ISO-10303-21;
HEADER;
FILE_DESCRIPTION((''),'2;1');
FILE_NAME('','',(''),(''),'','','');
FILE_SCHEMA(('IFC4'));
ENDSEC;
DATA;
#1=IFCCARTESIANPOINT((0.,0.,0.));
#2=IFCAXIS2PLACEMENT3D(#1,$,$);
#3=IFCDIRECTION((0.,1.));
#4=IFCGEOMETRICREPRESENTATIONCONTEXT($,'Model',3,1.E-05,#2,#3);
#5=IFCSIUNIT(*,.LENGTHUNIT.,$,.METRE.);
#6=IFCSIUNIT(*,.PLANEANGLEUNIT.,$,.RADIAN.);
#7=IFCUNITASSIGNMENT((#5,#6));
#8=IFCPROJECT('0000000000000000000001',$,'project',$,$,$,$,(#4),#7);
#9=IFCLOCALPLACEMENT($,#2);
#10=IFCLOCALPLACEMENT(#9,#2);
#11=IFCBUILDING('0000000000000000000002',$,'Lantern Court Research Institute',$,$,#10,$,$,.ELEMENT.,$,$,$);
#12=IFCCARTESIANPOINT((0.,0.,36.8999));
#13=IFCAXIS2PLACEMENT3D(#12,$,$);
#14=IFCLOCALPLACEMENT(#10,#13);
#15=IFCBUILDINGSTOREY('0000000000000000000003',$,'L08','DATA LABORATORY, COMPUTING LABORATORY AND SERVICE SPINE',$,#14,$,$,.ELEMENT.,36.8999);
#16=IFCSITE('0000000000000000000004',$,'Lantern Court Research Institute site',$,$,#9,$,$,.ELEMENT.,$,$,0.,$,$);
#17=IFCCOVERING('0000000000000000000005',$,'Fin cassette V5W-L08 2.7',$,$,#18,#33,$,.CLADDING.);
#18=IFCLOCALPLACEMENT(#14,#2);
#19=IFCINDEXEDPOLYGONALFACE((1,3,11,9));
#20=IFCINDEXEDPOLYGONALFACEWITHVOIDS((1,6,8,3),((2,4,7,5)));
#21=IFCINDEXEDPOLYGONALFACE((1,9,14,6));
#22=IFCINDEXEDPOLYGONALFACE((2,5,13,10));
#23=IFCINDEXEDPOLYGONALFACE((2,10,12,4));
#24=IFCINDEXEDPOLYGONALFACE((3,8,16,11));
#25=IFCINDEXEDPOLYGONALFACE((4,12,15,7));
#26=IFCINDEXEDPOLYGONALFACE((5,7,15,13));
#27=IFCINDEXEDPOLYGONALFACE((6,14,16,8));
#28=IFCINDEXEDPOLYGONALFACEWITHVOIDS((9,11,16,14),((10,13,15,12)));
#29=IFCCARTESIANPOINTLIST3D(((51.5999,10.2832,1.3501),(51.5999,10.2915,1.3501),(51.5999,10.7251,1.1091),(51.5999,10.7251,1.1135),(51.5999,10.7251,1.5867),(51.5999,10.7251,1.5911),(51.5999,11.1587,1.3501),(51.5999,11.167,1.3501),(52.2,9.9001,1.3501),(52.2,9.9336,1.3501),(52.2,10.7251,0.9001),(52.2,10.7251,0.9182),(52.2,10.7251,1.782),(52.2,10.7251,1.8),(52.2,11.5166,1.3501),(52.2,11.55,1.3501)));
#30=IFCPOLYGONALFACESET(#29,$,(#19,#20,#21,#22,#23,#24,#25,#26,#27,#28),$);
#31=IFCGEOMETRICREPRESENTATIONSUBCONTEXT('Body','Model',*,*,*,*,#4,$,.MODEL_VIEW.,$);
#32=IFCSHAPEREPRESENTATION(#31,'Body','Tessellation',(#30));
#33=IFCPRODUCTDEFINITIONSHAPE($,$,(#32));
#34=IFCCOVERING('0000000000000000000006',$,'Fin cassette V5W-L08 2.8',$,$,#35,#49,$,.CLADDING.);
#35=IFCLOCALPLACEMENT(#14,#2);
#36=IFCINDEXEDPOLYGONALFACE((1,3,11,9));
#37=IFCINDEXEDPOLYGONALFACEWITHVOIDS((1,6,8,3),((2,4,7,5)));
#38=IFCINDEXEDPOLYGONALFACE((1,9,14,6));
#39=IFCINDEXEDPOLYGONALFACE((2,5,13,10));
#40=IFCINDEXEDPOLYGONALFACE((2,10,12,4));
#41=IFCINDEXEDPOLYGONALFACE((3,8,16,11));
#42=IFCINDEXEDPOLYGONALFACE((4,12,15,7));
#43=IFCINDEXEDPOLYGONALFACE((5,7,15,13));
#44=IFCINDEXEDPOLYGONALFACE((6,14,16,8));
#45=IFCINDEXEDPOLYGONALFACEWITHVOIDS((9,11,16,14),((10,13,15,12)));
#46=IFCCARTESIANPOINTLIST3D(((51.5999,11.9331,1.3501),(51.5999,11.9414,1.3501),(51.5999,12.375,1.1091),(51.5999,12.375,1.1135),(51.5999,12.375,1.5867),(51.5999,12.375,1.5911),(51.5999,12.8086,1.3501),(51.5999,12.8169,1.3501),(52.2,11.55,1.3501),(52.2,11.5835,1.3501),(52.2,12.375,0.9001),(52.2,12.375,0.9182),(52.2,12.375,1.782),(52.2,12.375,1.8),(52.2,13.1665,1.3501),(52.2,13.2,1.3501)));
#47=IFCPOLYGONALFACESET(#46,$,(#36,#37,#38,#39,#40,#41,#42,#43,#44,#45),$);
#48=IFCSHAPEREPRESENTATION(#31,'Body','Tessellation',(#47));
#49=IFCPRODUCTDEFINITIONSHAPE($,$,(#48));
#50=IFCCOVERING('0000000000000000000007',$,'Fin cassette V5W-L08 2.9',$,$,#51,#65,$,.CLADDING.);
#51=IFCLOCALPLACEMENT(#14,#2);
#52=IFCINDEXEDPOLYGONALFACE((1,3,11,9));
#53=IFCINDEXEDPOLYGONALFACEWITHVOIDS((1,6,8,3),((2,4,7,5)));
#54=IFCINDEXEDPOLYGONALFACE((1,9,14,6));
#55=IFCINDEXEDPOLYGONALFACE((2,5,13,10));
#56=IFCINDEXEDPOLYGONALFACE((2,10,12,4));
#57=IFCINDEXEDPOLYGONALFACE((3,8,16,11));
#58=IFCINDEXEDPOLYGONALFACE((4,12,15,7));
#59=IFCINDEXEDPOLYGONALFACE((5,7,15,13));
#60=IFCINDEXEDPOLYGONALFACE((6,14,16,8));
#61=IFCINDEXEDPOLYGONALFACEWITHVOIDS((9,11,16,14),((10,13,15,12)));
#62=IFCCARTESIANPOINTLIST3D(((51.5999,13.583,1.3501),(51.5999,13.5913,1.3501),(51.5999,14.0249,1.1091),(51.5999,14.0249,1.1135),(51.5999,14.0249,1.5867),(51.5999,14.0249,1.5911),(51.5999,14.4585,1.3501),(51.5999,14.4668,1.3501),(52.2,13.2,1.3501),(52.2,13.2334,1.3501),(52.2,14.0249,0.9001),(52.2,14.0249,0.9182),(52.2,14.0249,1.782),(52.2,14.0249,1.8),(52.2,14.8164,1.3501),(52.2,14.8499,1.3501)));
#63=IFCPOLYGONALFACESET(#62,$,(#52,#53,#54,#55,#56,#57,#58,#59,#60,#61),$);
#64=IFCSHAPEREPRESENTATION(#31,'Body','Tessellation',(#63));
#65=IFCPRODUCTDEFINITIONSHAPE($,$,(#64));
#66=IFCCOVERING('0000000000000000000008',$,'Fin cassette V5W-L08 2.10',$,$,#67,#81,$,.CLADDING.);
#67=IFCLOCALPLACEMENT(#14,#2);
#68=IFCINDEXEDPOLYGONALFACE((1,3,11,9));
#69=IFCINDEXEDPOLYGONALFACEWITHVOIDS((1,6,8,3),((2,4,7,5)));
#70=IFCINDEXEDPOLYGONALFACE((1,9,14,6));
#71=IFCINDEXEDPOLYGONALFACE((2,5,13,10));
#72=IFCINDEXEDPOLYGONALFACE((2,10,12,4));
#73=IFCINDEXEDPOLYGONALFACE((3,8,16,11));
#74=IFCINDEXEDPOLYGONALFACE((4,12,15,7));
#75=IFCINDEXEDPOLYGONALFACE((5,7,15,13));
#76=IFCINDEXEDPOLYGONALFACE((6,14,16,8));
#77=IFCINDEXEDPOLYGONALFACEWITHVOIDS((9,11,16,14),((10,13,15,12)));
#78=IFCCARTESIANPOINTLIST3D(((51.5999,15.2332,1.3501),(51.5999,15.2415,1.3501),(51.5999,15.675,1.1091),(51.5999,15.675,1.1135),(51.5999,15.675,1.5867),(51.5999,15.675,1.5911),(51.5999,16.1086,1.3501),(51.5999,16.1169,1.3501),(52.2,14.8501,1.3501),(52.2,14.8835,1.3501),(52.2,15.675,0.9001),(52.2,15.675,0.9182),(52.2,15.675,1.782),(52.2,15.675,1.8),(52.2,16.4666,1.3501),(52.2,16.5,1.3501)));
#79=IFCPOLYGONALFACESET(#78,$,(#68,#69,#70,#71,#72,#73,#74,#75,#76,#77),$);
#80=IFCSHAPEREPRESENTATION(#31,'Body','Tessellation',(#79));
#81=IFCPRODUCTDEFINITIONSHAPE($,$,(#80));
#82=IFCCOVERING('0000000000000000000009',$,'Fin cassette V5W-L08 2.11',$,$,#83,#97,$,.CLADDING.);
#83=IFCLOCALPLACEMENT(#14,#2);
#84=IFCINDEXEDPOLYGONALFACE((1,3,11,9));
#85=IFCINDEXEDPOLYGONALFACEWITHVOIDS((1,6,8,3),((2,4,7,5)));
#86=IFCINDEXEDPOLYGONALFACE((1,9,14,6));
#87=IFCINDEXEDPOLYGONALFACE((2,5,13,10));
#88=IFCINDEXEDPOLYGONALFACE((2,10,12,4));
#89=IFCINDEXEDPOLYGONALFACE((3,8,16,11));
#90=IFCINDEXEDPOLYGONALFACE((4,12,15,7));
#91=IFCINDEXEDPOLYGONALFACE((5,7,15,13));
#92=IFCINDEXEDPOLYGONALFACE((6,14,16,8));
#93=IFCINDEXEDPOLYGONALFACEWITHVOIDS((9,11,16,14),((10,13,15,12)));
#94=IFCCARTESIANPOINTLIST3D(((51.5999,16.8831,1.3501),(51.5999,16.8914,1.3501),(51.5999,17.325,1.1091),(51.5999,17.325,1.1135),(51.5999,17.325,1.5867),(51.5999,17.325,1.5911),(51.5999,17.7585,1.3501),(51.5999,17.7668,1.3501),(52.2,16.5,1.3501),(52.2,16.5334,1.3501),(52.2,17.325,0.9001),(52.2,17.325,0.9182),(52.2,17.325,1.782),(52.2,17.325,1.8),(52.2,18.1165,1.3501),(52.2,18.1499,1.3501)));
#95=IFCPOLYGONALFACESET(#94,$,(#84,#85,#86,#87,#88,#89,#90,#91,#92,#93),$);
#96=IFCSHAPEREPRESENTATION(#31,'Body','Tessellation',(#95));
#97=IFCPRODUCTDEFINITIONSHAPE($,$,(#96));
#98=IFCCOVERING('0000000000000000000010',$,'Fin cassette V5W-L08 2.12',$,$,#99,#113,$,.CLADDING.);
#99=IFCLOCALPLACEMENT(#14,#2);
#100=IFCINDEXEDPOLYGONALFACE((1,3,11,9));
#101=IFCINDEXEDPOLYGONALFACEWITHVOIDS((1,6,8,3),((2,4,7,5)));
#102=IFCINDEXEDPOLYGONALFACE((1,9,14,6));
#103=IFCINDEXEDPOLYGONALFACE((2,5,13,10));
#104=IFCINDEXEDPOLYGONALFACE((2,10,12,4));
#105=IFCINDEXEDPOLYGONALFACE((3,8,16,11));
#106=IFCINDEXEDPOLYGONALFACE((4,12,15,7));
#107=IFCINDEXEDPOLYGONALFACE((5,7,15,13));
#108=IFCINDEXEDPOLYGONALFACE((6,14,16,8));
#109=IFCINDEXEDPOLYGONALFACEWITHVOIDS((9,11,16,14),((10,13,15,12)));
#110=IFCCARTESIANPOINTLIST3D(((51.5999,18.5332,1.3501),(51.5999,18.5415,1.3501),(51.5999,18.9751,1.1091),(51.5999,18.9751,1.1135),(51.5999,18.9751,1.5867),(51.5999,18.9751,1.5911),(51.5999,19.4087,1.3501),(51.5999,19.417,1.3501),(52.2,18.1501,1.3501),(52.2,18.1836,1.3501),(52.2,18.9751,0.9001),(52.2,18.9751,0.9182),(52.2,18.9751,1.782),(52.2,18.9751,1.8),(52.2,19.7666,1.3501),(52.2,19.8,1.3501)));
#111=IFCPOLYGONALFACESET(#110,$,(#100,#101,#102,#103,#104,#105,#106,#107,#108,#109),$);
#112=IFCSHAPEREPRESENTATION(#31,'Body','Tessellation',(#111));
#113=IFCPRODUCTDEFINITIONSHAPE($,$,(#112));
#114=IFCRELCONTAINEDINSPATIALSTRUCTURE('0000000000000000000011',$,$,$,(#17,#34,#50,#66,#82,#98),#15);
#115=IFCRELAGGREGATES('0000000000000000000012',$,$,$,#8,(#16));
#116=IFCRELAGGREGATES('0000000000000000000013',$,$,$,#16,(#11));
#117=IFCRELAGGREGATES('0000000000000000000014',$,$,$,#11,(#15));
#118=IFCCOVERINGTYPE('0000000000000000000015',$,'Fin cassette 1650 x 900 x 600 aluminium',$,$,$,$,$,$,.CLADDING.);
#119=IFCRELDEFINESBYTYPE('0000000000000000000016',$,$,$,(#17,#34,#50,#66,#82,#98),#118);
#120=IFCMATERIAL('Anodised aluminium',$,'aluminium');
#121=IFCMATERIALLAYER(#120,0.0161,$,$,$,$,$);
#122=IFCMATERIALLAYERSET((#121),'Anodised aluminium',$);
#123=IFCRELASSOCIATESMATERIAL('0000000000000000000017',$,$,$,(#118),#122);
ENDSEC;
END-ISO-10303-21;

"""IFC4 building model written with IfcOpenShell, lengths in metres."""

from ifc_helpers import new_model, entity, si_unit, direction, frame, origin, place, context, subcontext, project, spatial, material, layer, layer_set, type_object, element, save


model = new_model("IFC4")

# Units and contexts
model_context = context("Model", 3, precision=1e-05, world=origin(), true_north=direction((0.0, 1.0)))
body_context = subcontext(model_context, "Body", "Model", "MODEL_VIEW")
ifc_project = project(units=[si_unit("LENGTHUNIT", "METRE"), si_unit("PLANEANGLEUNIT", "RADIAN")], contexts=[model_context])

# Site, building, storey
site_placement = place(None, origin())
site = spatial("IfcSite", under=ifc_project, at=site_placement, Name="Lantern Court Research Institute site", CompositionType="ELEMENT", RefElevation=0.0)
building_placement = place(site_placement, origin())
building = spatial("IfcBuilding", under=site, at=building_placement, Name="Lantern Court Research Institute", CompositionType="ELEMENT")
storey_placement = place(building_placement, frame((0.0, 0.0, 36.8999)))
storey = spatial("IfcBuildingStorey", under=building, at=storey_placement, Name="L08", Description="DATA LABORATORY, COMPUTING LABORATORY AND SERVICE SPINE", CompositionType="ELEMENT", Elevation=36.8999)

# Coverings
ifc_material = material(Name="Anodised aluminium", Category="aluminium")
ifc_layer = layer(ifc_material, 0.0161)
ifc_layer_set = layer_set([ifc_layer], Name="Anodised aluminium")
covering_type = type_object("IfcCoveringType", Name="Fin cassette 1650 x 900 x 600 aluminium", PredefinedType="CLADDING", material=ifc_layer_set)
covering_1_placement = place(storey_placement, frame((52.2, 10.7251, 1.3501), z_axis=(-1.0, 0.0, 0.0), x_axis=(0.0, -1.0, 0.0)))
cartesian_point_1 = entity("IfcCartesianPoint", [0.825, 0.0])
cartesian_point_2 = entity("IfcCartesianPoint", [0.7915, 0.0])
cartesian_point_3 = entity("IfcCartesianPoint", [0.4419, 0.0])
cartesian_point_4 = entity("IfcCartesianPoint", [0.4336, 0.0])
element("IfcCovering", 1, at=covering_1_placement, inside=storey, type_object=covering_type, Name="Fin cassette V5W-L08 2.7", PredefinedType="CLADDING", context=body_context, shape_type="SweptSolid", body=[
    entity("IfcExtrudedAreaSolidTapered", entity("IfcArbitraryProfileDefWithVoids", "AREA", None, entity("IfcPolyline", [cartesian_point_1, entity("IfcCartesianPoint", [0.0, 0.45]), entity("IfcCartesianPoint", [-0.825, 0.0]), entity("IfcCartesianPoint", [0.0, -0.45]), cartesian_point_1]), [entity("IfcPolyline", [cartesian_point_2, entity("IfcCartesianPoint", [0.0, 0.4319]), entity("IfcCartesianPoint", [-0.7915, 0.0]), entity("IfcCartesianPoint", [0.0, -0.4319]), cartesian_point_2])]), entity("IfcAxis2Placement3D", entity("IfcCartesianPoint", [0.0, 0.0, 0.0])), entity("IfcDirection", [0.0, 0.0, 1.0]), 0.6001, entity("IfcArbitraryProfileDefWithVoids", "AREA", None, entity("IfcPolyline", [cartesian_point_3, entity("IfcCartesianPoint", [0.0, 0.241]), entity("IfcCartesianPoint", [-0.4419, 0.0]), entity("IfcCartesianPoint", [0.0, -0.241]), cartesian_point_3]), [entity("IfcPolyline", [cartesian_point_4, entity("IfcCartesianPoint", [0.0, 0.2366]), entity("IfcCartesianPoint", [-0.4336, 0.0]), entity("IfcCartesianPoint", [0.0, -0.2366]), cartesian_point_4])])),
])
covering_2_placement = place(storey_placement, frame((52.2, 12.375, 1.3501), z_axis=(-1.0, 0.0, 0.0), x_axis=(0.0, -1.0, 0.0)))
cartesian_point_5 = entity("IfcCartesianPoint", [0.825, 0.0])
cartesian_point_6 = entity("IfcCartesianPoint", [0.7915, 0.0])
cartesian_point_7 = entity("IfcCartesianPoint", [0.4419, 0.0])
cartesian_point_8 = entity("IfcCartesianPoint", [0.4336, 0.0])
element("IfcCovering", 2, at=covering_2_placement, inside=storey, type_object=covering_type, Name="Fin cassette V5W-L08 2.8", PredefinedType="CLADDING", context=body_context, shape_type="SweptSolid", body=[
    entity("IfcExtrudedAreaSolidTapered", entity("IfcArbitraryProfileDefWithVoids", "AREA", None, entity("IfcPolyline", [cartesian_point_5, entity("IfcCartesianPoint", [0.0, 0.45]), entity("IfcCartesianPoint", [-0.825, 0.0]), entity("IfcCartesianPoint", [0.0, -0.45]), cartesian_point_5]), [entity("IfcPolyline", [cartesian_point_6, entity("IfcCartesianPoint", [0.0, 0.4319]), entity("IfcCartesianPoint", [-0.7915, 0.0]), entity("IfcCartesianPoint", [0.0, -0.4319]), cartesian_point_6])]), entity("IfcAxis2Placement3D", entity("IfcCartesianPoint", [0.0, 0.0, 0.0])), entity("IfcDirection", [0.0, 0.0, 1.0]), 0.6001, entity("IfcArbitraryProfileDefWithVoids", "AREA", None, entity("IfcPolyline", [cartesian_point_7, entity("IfcCartesianPoint", [0.0, 0.241]), entity("IfcCartesianPoint", [-0.4419, 0.0]), entity("IfcCartesianPoint", [0.0, -0.241]), cartesian_point_7]), [entity("IfcPolyline", [cartesian_point_8, entity("IfcCartesianPoint", [0.0, 0.2366]), entity("IfcCartesianPoint", [-0.4336, 0.0]), entity("IfcCartesianPoint", [0.0, -0.2366]), cartesian_point_8])])),
])
covering_3_placement = place(storey_placement, frame((52.2, 14.0249, 1.3501), z_axis=(-1.0, 0.0, 0.0), x_axis=(0.0, -1.0, 0.0)))
cartesian_point_9 = entity("IfcCartesianPoint", [0.825, 0.0])
cartesian_point_10 = entity("IfcCartesianPoint", [0.7915, 0.0])
cartesian_point_11 = entity("IfcCartesianPoint", [0.4419, 0.0])
cartesian_point_12 = entity("IfcCartesianPoint", [0.4336, 0.0])
element("IfcCovering", 3, at=covering_3_placement, inside=storey, type_object=covering_type, Name="Fin cassette V5W-L08 2.9", PredefinedType="CLADDING", context=body_context, shape_type="SweptSolid", body=[
    entity("IfcExtrudedAreaSolidTapered", entity("IfcArbitraryProfileDefWithVoids", "AREA", None, entity("IfcPolyline", [cartesian_point_9, entity("IfcCartesianPoint", [0.0, 0.45]), entity("IfcCartesianPoint", [-0.825, 0.0]), entity("IfcCartesianPoint", [0.0, -0.45]), cartesian_point_9]), [entity("IfcPolyline", [cartesian_point_10, entity("IfcCartesianPoint", [0.0, 0.4319]), entity("IfcCartesianPoint", [-0.7915, 0.0]), entity("IfcCartesianPoint", [0.0, -0.4319]), cartesian_point_10])]), entity("IfcAxis2Placement3D", entity("IfcCartesianPoint", [0.0, 0.0, 0.0])), entity("IfcDirection", [0.0, 0.0, 1.0]), 0.6001, entity("IfcArbitraryProfileDefWithVoids", "AREA", None, entity("IfcPolyline", [cartesian_point_11, entity("IfcCartesianPoint", [0.0, 0.241]), entity("IfcCartesianPoint", [-0.4419, 0.0]), entity("IfcCartesianPoint", [0.0, -0.241]), cartesian_point_11]), [entity("IfcPolyline", [cartesian_point_12, entity("IfcCartesianPoint", [0.0, 0.2366]), entity("IfcCartesianPoint", [-0.4336, 0.0]), entity("IfcCartesianPoint", [0.0, -0.2366]), cartesian_point_12])])),
])
covering_4_placement = place(storey_placement, frame((52.2, 15.675, 1.3501), z_axis=(-1.0, 0.0, 0.0), x_axis=(0.0, -1.0, 0.0)))
cartesian_point_13 = entity("IfcCartesianPoint", [0.825, 0.0])
cartesian_point_14 = entity("IfcCartesianPoint", [0.7915, 0.0])
cartesian_point_15 = entity("IfcCartesianPoint", [0.4419, 0.0])
cartesian_point_16 = entity("IfcCartesianPoint", [0.4336, 0.0])
element("IfcCovering", 4, at=covering_4_placement, inside=storey, type_object=covering_type, Name="Fin cassette V5W-L08 2.10", PredefinedType="CLADDING", context=body_context, shape_type="SweptSolid", body=[
    entity("IfcExtrudedAreaSolidTapered", entity("IfcArbitraryProfileDefWithVoids", "AREA", None, entity("IfcPolyline", [cartesian_point_13, entity("IfcCartesianPoint", [0.0, 0.45]), entity("IfcCartesianPoint", [-0.825, 0.0]), entity("IfcCartesianPoint", [0.0, -0.45]), cartesian_point_13]), [entity("IfcPolyline", [cartesian_point_14, entity("IfcCartesianPoint", [0.0, 0.4319]), entity("IfcCartesianPoint", [-0.7915, 0.0]), entity("IfcCartesianPoint", [0.0, -0.4319]), cartesian_point_14])]), entity("IfcAxis2Placement3D", entity("IfcCartesianPoint", [0.0, 0.0, 0.0])), entity("IfcDirection", [0.0, 0.0, 1.0]), 0.6001, entity("IfcArbitraryProfileDefWithVoids", "AREA", None, entity("IfcPolyline", [cartesian_point_15, entity("IfcCartesianPoint", [0.0, 0.241]), entity("IfcCartesianPoint", [-0.4419, 0.0]), entity("IfcCartesianPoint", [0.0, -0.241]), cartesian_point_15]), [entity("IfcPolyline", [cartesian_point_16, entity("IfcCartesianPoint", [0.0, 0.2366]), entity("IfcCartesianPoint", [-0.4336, 0.0]), entity("IfcCartesianPoint", [0.0, -0.2366]), cartesian_point_16])])),
])
covering_5_placement = place(storey_placement, frame((52.2, 17.325, 1.3501), z_axis=(-1.0, 0.0, 0.0), x_axis=(0.0, -1.0, 0.0)))
cartesian_point_17 = entity("IfcCartesianPoint", [0.825, 0.0])
cartesian_point_18 = entity("IfcCartesianPoint", [0.7915, 0.0])
cartesian_point_19 = entity("IfcCartesianPoint", [0.4419, 0.0])
cartesian_point_20 = entity("IfcCartesianPoint", [0.4336, 0.0])
element("IfcCovering", 5, at=covering_5_placement, inside=storey, type_object=covering_type, Name="Fin cassette V5W-L08 2.11", PredefinedType="CLADDING", context=body_context, shape_type="SweptSolid", body=[
    entity("IfcExtrudedAreaSolidTapered", entity("IfcArbitraryProfileDefWithVoids", "AREA", None, entity("IfcPolyline", [cartesian_point_17, entity("IfcCartesianPoint", [0.0, 0.45]), entity("IfcCartesianPoint", [-0.825, 0.0]), entity("IfcCartesianPoint", [0.0, -0.45]), cartesian_point_17]), [entity("IfcPolyline", [cartesian_point_18, entity("IfcCartesianPoint", [0.0, 0.4319]), entity("IfcCartesianPoint", [-0.7915, 0.0]), entity("IfcCartesianPoint", [0.0, -0.4319]), cartesian_point_18])]), entity("IfcAxis2Placement3D", entity("IfcCartesianPoint", [0.0, 0.0, 0.0])), entity("IfcDirection", [0.0, 0.0, 1.0]), 0.6001, entity("IfcArbitraryProfileDefWithVoids", "AREA", None, entity("IfcPolyline", [cartesian_point_19, entity("IfcCartesianPoint", [0.0, 0.241]), entity("IfcCartesianPoint", [-0.4419, 0.0]), entity("IfcCartesianPoint", [0.0, -0.241]), cartesian_point_19]), [entity("IfcPolyline", [cartesian_point_20, entity("IfcCartesianPoint", [0.0, 0.2366]), entity("IfcCartesianPoint", [-0.4336, 0.0]), entity("IfcCartesianPoint", [0.0, -0.2366]), cartesian_point_20])])),
])
covering_6_placement = place(storey_placement, frame((52.2, 18.9751, 1.3501), z_axis=(-1.0, 0.0, 0.0), x_axis=(0.0, -1.0, 0.0)))
cartesian_point_21 = entity("IfcCartesianPoint", [0.825, 0.0])
cartesian_point_22 = entity("IfcCartesianPoint", [0.7915, 0.0])
cartesian_point_23 = entity("IfcCartesianPoint", [0.4419, 0.0])
cartesian_point_24 = entity("IfcCartesianPoint", [0.4336, 0.0])
element("IfcCovering", 6, at=covering_6_placement, inside=storey, type_object=covering_type, Name="Fin cassette V5W-L08 2.12", PredefinedType="CLADDING", context=body_context, shape_type="SweptSolid", body=[
    entity("IfcExtrudedAreaSolidTapered", entity("IfcArbitraryProfileDefWithVoids", "AREA", None, entity("IfcPolyline", [cartesian_point_21, entity("IfcCartesianPoint", [0.0, 0.45]), entity("IfcCartesianPoint", [-0.825, 0.0]), entity("IfcCartesianPoint", [0.0, -0.45]), cartesian_point_21]), [entity("IfcPolyline", [cartesian_point_22, entity("IfcCartesianPoint", [0.0, 0.4319]), entity("IfcCartesianPoint", [-0.7915, 0.0]), entity("IfcCartesianPoint", [0.0, -0.4319]), cartesian_point_22])]), entity("IfcAxis2Placement3D", entity("IfcCartesianPoint", [0.0, 0.0, 0.0])), entity("IfcDirection", [0.0, 0.0, 1.0]), 0.6001, entity("IfcArbitraryProfileDefWithVoids", "AREA", None, entity("IfcPolyline", [cartesian_point_23, entity("IfcCartesianPoint", [0.0, 0.241]), entity("IfcCartesianPoint", [-0.4419, 0.0]), entity("IfcCartesianPoint", [0.0, -0.241]), cartesian_point_23]), [entity("IfcPolyline", [cartesian_point_24, entity("IfcCartesianPoint", [0.0, 0.2366]), entity("IfcCartesianPoint", [-0.4336, 0.0]), entity("IfcCartesianPoint", [0.0, -0.2366]), cartesian_point_24])])),
])

save(model, "model.ifc")
